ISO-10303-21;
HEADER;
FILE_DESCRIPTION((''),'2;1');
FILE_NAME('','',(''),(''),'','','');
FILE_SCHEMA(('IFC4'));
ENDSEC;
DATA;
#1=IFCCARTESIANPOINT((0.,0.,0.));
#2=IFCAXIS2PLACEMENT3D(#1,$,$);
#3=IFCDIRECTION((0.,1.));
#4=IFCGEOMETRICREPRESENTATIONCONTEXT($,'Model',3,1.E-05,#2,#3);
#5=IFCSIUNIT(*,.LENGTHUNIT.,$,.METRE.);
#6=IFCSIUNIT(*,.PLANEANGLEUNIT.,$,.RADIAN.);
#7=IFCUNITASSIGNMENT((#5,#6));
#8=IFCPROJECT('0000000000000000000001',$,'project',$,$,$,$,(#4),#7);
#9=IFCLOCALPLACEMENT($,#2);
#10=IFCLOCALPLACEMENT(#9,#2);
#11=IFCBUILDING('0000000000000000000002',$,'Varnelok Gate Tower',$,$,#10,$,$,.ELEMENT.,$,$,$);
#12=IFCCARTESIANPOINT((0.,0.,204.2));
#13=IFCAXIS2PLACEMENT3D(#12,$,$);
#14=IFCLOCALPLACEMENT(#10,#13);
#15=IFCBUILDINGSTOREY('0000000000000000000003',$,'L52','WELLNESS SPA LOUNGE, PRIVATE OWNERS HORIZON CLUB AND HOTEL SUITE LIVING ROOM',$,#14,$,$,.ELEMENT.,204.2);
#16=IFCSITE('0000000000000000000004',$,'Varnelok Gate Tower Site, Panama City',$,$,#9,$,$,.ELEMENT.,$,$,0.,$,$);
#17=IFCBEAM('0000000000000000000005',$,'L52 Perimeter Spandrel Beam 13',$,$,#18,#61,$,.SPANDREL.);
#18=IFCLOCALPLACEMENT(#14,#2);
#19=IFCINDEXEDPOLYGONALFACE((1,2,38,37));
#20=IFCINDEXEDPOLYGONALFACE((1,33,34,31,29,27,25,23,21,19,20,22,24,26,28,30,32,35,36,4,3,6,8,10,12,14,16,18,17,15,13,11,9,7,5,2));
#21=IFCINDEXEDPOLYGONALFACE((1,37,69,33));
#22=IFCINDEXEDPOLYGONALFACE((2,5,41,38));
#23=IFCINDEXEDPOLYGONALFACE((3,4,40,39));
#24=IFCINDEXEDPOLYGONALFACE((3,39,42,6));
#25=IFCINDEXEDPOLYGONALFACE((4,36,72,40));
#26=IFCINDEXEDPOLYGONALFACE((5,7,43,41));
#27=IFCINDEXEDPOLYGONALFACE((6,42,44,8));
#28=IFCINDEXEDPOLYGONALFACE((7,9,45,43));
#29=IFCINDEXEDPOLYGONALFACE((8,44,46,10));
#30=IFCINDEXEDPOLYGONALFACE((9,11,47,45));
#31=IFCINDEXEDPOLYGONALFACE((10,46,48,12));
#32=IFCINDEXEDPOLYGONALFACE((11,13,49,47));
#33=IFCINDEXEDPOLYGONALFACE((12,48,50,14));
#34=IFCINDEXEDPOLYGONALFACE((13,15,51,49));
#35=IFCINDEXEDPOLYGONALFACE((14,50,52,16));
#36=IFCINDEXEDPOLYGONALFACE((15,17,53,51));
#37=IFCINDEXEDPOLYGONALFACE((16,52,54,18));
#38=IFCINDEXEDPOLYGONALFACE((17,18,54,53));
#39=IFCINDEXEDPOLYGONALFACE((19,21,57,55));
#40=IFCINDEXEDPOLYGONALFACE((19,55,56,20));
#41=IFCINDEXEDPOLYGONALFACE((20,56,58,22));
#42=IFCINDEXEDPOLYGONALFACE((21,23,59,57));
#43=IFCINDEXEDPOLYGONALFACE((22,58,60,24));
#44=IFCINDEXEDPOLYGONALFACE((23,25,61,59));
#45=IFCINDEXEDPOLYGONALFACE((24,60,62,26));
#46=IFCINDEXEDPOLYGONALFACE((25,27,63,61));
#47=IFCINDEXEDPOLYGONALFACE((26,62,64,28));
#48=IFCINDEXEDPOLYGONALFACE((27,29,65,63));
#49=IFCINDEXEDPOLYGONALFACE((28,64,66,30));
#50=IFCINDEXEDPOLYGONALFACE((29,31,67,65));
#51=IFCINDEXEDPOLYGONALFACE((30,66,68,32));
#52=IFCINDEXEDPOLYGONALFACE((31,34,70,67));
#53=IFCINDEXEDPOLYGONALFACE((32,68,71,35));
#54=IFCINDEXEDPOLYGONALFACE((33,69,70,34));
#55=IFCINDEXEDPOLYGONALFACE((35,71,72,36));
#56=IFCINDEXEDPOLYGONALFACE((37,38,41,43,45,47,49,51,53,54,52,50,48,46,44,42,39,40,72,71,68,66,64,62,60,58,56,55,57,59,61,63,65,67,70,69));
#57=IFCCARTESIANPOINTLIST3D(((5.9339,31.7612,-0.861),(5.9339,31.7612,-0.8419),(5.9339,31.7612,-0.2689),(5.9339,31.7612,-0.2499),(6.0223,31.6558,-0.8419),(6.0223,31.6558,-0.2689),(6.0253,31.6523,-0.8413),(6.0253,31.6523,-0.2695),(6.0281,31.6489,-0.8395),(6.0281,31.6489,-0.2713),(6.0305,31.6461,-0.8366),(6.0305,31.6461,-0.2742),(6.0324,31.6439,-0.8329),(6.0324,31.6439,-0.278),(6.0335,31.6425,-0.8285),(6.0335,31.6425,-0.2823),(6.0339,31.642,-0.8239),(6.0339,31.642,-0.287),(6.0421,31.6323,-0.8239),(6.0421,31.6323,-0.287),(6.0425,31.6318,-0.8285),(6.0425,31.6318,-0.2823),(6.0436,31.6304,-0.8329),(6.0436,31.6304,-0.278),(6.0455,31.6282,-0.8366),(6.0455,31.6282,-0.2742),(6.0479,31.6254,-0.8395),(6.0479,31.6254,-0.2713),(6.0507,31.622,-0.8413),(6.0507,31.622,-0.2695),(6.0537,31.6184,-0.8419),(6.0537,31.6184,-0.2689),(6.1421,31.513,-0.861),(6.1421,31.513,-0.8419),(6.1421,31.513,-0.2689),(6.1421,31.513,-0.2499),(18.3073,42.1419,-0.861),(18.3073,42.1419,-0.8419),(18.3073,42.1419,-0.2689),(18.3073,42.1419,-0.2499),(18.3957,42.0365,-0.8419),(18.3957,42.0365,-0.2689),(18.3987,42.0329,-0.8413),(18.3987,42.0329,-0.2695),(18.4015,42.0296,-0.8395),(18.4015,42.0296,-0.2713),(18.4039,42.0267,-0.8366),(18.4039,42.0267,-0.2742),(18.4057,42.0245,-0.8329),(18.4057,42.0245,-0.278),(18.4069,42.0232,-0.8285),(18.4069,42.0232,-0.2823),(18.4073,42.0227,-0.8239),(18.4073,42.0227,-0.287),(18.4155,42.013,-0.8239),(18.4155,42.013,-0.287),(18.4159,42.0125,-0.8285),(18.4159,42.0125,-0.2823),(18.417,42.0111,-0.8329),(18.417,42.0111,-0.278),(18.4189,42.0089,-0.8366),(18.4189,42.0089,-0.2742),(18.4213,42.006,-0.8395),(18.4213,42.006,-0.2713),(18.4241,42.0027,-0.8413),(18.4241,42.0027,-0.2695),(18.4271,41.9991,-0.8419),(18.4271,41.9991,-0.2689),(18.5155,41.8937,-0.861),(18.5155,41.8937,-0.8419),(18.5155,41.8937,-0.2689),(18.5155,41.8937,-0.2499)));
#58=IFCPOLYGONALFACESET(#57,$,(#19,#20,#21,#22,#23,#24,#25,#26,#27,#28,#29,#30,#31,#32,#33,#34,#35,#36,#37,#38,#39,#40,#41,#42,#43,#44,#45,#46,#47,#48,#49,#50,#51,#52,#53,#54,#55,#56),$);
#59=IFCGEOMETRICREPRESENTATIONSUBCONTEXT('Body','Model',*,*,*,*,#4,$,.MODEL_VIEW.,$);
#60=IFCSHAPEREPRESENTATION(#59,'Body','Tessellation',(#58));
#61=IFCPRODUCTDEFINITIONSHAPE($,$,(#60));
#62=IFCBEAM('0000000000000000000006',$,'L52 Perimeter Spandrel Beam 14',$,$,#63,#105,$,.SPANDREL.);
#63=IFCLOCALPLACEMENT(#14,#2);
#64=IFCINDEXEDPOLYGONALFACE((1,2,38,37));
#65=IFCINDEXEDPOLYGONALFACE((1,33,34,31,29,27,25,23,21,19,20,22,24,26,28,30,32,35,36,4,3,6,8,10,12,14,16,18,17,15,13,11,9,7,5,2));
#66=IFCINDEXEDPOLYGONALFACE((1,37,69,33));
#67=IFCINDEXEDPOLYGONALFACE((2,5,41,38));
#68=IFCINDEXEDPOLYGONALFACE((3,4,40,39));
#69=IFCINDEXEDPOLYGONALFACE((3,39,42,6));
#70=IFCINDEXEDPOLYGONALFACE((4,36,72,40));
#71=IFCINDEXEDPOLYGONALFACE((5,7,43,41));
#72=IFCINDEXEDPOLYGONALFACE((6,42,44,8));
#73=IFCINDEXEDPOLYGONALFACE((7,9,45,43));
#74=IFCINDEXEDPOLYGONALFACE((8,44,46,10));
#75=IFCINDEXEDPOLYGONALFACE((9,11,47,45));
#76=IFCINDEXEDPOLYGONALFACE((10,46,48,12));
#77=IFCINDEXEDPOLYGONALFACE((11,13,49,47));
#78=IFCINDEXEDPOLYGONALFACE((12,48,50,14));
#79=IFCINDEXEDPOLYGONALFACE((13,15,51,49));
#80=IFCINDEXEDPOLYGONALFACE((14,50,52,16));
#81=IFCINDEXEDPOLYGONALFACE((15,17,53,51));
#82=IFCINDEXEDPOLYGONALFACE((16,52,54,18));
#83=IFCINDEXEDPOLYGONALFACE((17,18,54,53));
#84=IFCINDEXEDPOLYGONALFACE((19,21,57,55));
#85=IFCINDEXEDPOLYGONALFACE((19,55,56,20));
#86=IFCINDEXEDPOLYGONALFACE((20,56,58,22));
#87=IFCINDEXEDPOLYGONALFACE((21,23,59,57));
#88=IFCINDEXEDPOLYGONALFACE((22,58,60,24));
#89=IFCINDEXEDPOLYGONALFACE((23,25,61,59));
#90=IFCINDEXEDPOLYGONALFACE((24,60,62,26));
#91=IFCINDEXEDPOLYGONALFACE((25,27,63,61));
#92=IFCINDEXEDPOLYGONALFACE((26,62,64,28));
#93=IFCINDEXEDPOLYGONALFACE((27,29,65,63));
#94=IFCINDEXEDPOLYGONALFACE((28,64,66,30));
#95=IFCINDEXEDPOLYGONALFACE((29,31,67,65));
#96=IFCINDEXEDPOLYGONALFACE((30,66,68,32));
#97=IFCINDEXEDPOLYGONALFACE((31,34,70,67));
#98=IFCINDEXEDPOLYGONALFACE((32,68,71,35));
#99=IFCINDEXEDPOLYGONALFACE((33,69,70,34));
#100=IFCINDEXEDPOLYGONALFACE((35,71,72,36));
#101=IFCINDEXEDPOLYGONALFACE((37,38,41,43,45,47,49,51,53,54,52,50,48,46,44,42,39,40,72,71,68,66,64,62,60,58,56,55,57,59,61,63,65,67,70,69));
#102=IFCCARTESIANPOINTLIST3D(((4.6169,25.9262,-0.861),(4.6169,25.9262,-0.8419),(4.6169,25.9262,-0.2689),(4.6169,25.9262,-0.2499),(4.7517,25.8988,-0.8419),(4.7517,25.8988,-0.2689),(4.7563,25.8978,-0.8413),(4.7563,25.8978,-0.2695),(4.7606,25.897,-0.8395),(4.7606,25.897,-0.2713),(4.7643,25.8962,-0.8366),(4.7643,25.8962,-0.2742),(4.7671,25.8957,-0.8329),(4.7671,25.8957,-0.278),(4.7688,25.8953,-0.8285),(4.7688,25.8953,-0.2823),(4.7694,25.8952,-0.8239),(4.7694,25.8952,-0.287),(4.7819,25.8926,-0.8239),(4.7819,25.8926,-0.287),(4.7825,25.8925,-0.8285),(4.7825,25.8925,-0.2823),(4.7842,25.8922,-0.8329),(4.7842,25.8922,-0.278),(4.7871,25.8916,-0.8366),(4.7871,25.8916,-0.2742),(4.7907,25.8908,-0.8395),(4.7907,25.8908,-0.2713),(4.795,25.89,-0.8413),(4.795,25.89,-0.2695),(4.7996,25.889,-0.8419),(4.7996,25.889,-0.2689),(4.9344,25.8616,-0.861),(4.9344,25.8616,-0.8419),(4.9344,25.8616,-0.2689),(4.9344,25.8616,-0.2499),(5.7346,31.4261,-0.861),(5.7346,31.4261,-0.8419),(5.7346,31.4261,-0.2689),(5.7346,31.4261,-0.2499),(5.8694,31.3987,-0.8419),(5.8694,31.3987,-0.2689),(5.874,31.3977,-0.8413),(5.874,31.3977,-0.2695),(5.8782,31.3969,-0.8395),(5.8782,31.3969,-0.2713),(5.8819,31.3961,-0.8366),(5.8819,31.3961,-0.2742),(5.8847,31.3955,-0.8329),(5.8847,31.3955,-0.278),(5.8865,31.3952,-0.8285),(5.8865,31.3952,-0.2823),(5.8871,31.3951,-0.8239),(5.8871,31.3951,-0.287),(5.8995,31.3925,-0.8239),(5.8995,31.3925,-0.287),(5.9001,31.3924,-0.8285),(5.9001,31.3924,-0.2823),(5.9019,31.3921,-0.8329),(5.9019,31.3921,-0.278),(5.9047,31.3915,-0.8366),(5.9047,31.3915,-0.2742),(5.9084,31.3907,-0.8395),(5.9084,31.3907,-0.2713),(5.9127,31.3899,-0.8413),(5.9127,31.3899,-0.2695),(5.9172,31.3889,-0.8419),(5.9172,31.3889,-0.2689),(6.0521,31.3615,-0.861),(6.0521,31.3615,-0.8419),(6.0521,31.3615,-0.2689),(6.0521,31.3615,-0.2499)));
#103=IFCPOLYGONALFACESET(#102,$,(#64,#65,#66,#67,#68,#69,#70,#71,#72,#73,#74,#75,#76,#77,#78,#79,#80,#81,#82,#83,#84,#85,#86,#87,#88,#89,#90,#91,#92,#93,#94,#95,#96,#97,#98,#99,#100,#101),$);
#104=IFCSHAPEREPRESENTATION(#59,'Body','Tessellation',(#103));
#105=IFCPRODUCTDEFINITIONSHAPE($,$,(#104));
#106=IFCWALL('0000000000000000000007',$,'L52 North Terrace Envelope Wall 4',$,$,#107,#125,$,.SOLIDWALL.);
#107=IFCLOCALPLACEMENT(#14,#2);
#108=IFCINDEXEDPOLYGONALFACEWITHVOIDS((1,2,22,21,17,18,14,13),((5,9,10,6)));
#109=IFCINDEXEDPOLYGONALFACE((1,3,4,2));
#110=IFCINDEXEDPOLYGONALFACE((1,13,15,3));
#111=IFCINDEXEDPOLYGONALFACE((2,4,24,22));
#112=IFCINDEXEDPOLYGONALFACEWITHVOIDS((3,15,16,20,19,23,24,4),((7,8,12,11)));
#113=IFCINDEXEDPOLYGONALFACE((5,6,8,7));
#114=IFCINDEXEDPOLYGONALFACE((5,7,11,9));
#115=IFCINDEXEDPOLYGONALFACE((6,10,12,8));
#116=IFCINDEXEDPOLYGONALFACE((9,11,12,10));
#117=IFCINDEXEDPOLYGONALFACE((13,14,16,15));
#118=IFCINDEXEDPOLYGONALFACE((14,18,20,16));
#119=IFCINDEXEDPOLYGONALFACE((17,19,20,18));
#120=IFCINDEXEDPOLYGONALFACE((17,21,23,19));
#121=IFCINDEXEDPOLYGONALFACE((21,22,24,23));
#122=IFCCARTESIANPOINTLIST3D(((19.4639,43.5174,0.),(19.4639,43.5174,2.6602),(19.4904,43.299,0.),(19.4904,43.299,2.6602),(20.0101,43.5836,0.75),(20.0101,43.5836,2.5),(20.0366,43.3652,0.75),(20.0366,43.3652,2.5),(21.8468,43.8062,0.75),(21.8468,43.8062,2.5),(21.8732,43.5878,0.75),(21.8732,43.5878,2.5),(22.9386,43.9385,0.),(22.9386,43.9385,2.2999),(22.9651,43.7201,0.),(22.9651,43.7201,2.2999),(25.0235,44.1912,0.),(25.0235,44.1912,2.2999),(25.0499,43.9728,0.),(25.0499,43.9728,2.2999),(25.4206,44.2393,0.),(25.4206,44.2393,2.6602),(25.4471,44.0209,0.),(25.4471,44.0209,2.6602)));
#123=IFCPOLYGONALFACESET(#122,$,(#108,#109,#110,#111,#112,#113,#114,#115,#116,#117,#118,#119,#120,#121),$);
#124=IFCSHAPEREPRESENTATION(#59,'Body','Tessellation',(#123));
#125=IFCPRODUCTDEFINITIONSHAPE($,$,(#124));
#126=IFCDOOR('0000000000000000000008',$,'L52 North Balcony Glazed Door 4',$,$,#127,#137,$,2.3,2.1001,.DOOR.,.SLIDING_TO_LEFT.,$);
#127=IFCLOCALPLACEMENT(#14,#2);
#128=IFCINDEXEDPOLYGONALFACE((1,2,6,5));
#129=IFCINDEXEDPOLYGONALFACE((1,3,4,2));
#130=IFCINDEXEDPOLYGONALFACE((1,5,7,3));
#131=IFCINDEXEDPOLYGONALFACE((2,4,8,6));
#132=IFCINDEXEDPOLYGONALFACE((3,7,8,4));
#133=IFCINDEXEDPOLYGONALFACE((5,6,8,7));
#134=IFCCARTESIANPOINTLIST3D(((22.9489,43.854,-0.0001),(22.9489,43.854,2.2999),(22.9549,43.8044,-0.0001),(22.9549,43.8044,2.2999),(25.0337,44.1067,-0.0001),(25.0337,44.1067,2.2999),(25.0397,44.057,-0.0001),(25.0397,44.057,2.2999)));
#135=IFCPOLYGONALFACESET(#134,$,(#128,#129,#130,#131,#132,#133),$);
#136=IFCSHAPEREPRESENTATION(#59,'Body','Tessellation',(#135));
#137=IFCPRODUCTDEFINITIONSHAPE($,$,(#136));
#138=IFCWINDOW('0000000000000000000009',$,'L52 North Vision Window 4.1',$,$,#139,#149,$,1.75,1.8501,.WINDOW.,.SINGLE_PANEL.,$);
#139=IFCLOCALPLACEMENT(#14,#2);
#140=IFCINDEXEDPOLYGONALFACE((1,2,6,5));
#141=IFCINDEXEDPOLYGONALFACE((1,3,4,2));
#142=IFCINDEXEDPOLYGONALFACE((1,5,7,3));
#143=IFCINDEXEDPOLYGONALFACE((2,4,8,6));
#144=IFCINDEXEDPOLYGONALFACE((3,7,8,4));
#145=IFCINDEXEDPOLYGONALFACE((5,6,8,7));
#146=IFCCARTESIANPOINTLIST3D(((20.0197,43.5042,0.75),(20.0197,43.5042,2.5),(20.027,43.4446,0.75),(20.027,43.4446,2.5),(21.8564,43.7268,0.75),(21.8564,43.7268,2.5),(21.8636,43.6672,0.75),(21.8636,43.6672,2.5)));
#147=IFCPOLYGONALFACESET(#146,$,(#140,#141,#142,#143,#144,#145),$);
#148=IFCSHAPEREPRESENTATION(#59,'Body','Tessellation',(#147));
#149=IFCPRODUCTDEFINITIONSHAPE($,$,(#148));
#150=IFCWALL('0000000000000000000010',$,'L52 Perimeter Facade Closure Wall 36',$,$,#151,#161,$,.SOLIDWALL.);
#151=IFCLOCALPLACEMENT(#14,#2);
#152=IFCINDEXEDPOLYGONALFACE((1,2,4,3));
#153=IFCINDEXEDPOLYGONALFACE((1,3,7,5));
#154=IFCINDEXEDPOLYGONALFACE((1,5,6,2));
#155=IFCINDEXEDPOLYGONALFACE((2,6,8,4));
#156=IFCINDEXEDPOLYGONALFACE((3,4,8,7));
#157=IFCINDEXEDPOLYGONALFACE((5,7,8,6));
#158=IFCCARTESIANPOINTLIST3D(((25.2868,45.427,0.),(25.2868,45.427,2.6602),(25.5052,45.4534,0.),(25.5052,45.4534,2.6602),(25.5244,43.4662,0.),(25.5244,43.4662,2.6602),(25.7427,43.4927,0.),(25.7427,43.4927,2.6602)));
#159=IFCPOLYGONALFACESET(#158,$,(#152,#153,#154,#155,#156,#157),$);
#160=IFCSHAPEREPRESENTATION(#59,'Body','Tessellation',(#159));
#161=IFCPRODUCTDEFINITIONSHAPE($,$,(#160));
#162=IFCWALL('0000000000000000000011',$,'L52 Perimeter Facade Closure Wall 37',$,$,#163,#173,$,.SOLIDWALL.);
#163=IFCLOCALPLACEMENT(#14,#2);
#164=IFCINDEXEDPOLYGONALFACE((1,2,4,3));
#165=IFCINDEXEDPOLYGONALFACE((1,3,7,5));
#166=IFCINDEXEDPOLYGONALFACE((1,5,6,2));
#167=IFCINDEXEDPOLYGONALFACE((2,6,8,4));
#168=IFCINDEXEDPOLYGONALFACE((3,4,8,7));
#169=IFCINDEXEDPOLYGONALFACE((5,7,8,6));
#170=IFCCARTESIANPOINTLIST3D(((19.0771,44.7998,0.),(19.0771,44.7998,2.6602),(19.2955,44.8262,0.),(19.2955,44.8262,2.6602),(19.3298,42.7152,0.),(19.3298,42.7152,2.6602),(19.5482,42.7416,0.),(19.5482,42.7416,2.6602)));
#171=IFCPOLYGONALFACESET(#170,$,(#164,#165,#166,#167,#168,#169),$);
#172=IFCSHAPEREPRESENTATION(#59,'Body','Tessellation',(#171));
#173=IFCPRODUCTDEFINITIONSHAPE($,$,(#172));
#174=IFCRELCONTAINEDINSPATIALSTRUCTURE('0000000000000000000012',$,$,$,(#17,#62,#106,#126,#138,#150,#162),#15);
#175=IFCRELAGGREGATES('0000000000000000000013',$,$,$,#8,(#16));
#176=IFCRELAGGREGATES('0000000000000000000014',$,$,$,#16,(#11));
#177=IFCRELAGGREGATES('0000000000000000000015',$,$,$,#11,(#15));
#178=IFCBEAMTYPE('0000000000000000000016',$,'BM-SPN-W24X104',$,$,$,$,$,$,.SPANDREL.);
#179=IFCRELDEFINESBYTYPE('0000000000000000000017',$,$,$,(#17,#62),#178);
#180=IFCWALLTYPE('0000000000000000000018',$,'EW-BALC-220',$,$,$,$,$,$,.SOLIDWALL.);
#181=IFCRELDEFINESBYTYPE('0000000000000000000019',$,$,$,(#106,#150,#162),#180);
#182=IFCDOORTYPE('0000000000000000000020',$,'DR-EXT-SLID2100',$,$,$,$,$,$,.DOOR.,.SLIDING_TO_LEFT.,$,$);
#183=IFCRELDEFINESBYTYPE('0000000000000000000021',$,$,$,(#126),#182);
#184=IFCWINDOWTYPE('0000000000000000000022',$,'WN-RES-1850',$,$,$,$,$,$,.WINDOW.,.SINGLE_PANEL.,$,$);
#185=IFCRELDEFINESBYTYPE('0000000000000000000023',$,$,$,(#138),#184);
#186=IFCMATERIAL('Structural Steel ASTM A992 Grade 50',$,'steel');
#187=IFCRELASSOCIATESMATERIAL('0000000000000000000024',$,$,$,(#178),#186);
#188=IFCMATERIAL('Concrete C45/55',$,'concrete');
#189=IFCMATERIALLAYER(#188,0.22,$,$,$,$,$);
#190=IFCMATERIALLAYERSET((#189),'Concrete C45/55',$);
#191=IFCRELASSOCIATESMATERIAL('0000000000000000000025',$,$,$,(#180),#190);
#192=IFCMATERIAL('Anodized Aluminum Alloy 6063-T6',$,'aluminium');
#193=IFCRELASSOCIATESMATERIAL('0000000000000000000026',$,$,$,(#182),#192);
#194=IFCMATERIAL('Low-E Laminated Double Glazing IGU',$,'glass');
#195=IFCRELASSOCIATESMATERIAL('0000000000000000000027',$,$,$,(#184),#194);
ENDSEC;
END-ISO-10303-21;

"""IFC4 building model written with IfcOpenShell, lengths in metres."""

from ifc_helpers import new_model, si_unit, direction, frame, frame_2d, origin, origin_2d, place, context, subcontext, project, spatial, rectangle, i_section, extrude, material, layer, layer_set, material_profile, profile_set, type_object, element, fill, save


model = new_model("IFC4")

# Units and contexts
model_context = context("Model", 3, precision=1e-05, world=origin(), true_north=direction((0.0, 1.0)))
body_context = subcontext(model_context, "Body", "Model", "MODEL_VIEW")
ifc_project = project(units=[si_unit("LENGTHUNIT", "METRE"), si_unit("PLANEANGLEUNIT", "RADIAN")], contexts=[model_context])

# Site, building, storey
site_placement = place(None, origin())
site = spatial("IfcSite", under=ifc_project, at=site_placement, Name="Varnelok Gate Tower Site, Panama City", CompositionType="ELEMENT", RefElevation=0.0)
building_placement = place(site_placement, origin())
building = spatial("IfcBuilding", under=site, at=building_placement, Name="Varnelok Gate Tower", CompositionType="ELEMENT")
storey_placement = place(building_placement, frame((0.0, 0.0, 204.2)))
storey = spatial("IfcBuildingStorey", under=building, at=storey_placement, Name="L52", Description="WELLNESS SPA LOUNGE, PRIVATE OWNERS HORIZON CLUB AND HOTEL SUITE LIVING ROOM", CompositionType="ELEMENT", Elevation=204.2)

# Shared definitions
ifc_material_1 = material(Name="Structural Steel ASTM A992 Grade 50", Category="steel")

# Beams
ifc_material_profile_1 = material_profile(ifc_material_1, i_section(OverallWidth=0.324, OverallDepth=0.6111, WebThickness=0.0127, FlangeThickness=0.019, FilletRadius=0.0181, at=origin_2d()), Name="W24X104")
ifc_profile_set_1 = profile_set([ifc_material_profile_1], Name="Structural Steel ASTM A992 Grade 50")
beam_type_1 = type_object("IfcBeamType", Name="BM-SPN-W24X104", PredefinedType="SPANDREL", material=ifc_profile_set_1)
beam_1_placement = place(storey_placement, frame((18.4114, 42.0178, -0.5554), z_axis=(-0.7661, -0.642722, 0.0), x_axis=(0.642722, -0.7661, 0.0)))
element("IfcBeam", 1, at=beam_1_placement, inside=storey, type_object=beam_type_1, Name="L52 Perimeter Spandrel Beam 13", PredefinedType="SPANDREL", context=body_context, shape_type="SweptSolid", body=[
    extrude(i_section(OverallWidth=0.324, OverallDepth=0.6111, WebThickness=0.0127, FlangeThickness=0.019, FilletRadius=0.0181, at=origin_2d()), origin(), (0.0, 0.0, 1.0), 16.1511),
])
beam_2_placement = place(storey_placement, frame((5.8933, 31.3938, -0.5554), z_axis=(-0.199143, -0.97997, 0.0), x_axis=(0.97997, -0.199143, 0.0)))
element("IfcBeam", 2, at=beam_2_placement, inside=storey, type_object=beam_type_1, Name="L52 Perimeter Spandrel Beam 14", PredefinedType="SPANDREL", context=body_context, shape_type="SweptSolid", body=[
    extrude(i_section(OverallWidth=0.324, OverallDepth=0.6111, WebThickness=0.0127, FlangeThickness=0.019, FilletRadius=0.0181, at=origin_2d()), origin(), (0.0, 0.0, 1.0), 5.6123),
])

# Wall, openings, door, window
ifc_material_2 = material(Name="Concrete C45/55", Category="concrete")
ifc_layer_1 = layer(ifc_material_2, 0.22)
ifc_layer_set_1 = layer_set([ifc_layer_1], Name="Concrete C45/55")
wall_type_1 = type_object("IfcWallType", Name="EW-BALC-220", PredefinedType="SOLIDWALL", material=ifc_layer_set_1)
wall_1_placement = place(storey_placement, frame((19.4773, 43.4082, 0.0), z_axis=(0.0, 0.0, 1.0), x_axis=(0.992735, 0.120318, 0.0)))
wall_1 = element("IfcWall", 3, at=wall_1_placement, inside=storey, type_object=wall_type_1, Name="L52 North Terrace Envelope Wall 4", PredefinedType="SOLIDWALL", context=body_context, shape_type="SweptSolid", body=[
    extrude(rectangle(XDim=6.0002, YDim=0.22, at=frame_2d((3.0, 0.0))), origin(), (0.0, 0.0, 1.0), 2.6602),
])
opening_1_placement = place(wall_1_placement, frame((3.5, 0.0, 0.0)))
opening_1 = element("IfcOpeningElement", 4, at=opening_1_placement, cuts=wall_1, PredefinedType="OPENING", context=body_context, shape_type="SweptSolid", body=[
    extrude(rectangle(XDim=2.1001, YDim=2.3, at=frame_2d((1.05, 1.1499))), frame((0.0, 0.1199, 0.0), z_axis=(0.0, -1.0, 0.0), x_axis=(1.0, 0.0, 0.0)), (0.0, 0.0, 1.0), 0.24),
])
opening_2_placement = place(wall_1_placement, frame((0.55, 0.0, 0.75)))
opening_2 = element("IfcOpeningElement", 5, at=opening_2_placement, cuts=wall_1, PredefinedType="OPENING", context=body_context, shape_type="SweptSolid", body=[
    extrude(rectangle(XDim=1.8501, YDim=1.75, at=frame_2d((0.925, 0.875))), frame((0.0, 0.1199, 0.0), z_axis=(0.0, -1.0, 0.0), x_axis=(1.0, 0.0, 0.0)), (0.0, 0.0, 1.0), 0.24),
])
ifc_material_3 = material(Name="Anodized Aluminum Alloy 6063-T6", Category="aluminium")
door_type_1 = type_object("IfcDoorType", Name="DR-EXT-SLID2100", OperationType="SLIDING_TO_LEFT", PredefinedType="DOOR", material=ifc_material_3)
door_1_placement = place(opening_1_placement, origin())
door_1 = element("IfcDoor", 6, at=door_1_placement, inside=storey, type_object=door_type_1, Name="L52 North Balcony Glazed Door 4", OperationType="SLIDING_TO_LEFT", OverallHeight=2.3, OverallWidth=2.1001, PredefinedType="DOOR", context=body_context, shape_type="SweptSolid", body=[
    extrude(rectangle(XDim=2.1001, YDim=2.3, at=frame_2d((1.05, 1.1499))), frame((0.0, 0.0249, 0.0), z_axis=(0.0, -1.0, 0.0), x_axis=(1.0, 0.0, 0.0)), (0.0, 0.0, 1.0), 0.05),
])
fill(opening_1, door_1)
ifc_material_4 = material(Name="Low-E Laminated Double Glazing IGU", Category="glass")
window_type_1 = type_object("IfcWindowType", Name="WN-RES-1850", PartitioningType="SINGLE_PANEL", PredefinedType="WINDOW", material=ifc_material_4)
window_1_placement = place(opening_2_placement, origin())
window_1 = element("IfcWindow", 7, at=window_1_placement, inside=storey, type_object=window_type_1, Name="L52 North Vision Window 4.1", OverallHeight=1.75, OverallWidth=1.8501, PartitioningType="SINGLE_PANEL", PredefinedType="WINDOW", context=body_context, shape_type="SweptSolid", body=[
    extrude(rectangle(XDim=1.8501, YDim=1.75, at=frame_2d((0.925, 0.875))), frame((0.0, 0.03, 0.0), z_axis=(0.0, -1.0, 0.0), x_axis=(1.0, 0.0, 0.0)), (0.0, 0.0, 1.0), 0.0601),
])
fill(opening_2, window_1)

# Walls
wall_2_placement = place(storey_placement, frame((25.396, 45.4402, 0.0), z_axis=(0.0, 0.0, 1.0), x_axis=(0.120276, -0.99274, 0.0)))
element("IfcWall", 8, at=wall_2_placement, inside=storey, type_object=wall_type_1, Name="L52 Perimeter Facade Closure Wall 36", PredefinedType="SOLIDWALL", context=body_context, shape_type="SweptSolid", body=[
    extrude(rectangle(XDim=1.9751, YDim=0.22, at=frame_2d((0.9875, 0.0))), origin(), (0.0, 0.0, 1.0), 2.6602),
])
wall_3_placement = place(storey_placement, frame((19.439, 42.7285, 0.0), z_axis=(0.0, 0.0, 1.0), x_axis=(-0.120328, 0.992734, 0.0)))
element("IfcWall", 9, at=wall_3_placement, inside=storey, type_object=wall_type_1, Name="L52 Perimeter Facade Closure Wall 37", PredefinedType="SOLIDWALL", context=body_context, shape_type="SweptSolid", body=[
    extrude(rectangle(XDim=2.0999, YDim=0.22, at=frame_2d((1.0498, 0.0))), origin(), (0.0, 0.0, 1.0), 2.6602),
])

save(model, "model.ifc")
